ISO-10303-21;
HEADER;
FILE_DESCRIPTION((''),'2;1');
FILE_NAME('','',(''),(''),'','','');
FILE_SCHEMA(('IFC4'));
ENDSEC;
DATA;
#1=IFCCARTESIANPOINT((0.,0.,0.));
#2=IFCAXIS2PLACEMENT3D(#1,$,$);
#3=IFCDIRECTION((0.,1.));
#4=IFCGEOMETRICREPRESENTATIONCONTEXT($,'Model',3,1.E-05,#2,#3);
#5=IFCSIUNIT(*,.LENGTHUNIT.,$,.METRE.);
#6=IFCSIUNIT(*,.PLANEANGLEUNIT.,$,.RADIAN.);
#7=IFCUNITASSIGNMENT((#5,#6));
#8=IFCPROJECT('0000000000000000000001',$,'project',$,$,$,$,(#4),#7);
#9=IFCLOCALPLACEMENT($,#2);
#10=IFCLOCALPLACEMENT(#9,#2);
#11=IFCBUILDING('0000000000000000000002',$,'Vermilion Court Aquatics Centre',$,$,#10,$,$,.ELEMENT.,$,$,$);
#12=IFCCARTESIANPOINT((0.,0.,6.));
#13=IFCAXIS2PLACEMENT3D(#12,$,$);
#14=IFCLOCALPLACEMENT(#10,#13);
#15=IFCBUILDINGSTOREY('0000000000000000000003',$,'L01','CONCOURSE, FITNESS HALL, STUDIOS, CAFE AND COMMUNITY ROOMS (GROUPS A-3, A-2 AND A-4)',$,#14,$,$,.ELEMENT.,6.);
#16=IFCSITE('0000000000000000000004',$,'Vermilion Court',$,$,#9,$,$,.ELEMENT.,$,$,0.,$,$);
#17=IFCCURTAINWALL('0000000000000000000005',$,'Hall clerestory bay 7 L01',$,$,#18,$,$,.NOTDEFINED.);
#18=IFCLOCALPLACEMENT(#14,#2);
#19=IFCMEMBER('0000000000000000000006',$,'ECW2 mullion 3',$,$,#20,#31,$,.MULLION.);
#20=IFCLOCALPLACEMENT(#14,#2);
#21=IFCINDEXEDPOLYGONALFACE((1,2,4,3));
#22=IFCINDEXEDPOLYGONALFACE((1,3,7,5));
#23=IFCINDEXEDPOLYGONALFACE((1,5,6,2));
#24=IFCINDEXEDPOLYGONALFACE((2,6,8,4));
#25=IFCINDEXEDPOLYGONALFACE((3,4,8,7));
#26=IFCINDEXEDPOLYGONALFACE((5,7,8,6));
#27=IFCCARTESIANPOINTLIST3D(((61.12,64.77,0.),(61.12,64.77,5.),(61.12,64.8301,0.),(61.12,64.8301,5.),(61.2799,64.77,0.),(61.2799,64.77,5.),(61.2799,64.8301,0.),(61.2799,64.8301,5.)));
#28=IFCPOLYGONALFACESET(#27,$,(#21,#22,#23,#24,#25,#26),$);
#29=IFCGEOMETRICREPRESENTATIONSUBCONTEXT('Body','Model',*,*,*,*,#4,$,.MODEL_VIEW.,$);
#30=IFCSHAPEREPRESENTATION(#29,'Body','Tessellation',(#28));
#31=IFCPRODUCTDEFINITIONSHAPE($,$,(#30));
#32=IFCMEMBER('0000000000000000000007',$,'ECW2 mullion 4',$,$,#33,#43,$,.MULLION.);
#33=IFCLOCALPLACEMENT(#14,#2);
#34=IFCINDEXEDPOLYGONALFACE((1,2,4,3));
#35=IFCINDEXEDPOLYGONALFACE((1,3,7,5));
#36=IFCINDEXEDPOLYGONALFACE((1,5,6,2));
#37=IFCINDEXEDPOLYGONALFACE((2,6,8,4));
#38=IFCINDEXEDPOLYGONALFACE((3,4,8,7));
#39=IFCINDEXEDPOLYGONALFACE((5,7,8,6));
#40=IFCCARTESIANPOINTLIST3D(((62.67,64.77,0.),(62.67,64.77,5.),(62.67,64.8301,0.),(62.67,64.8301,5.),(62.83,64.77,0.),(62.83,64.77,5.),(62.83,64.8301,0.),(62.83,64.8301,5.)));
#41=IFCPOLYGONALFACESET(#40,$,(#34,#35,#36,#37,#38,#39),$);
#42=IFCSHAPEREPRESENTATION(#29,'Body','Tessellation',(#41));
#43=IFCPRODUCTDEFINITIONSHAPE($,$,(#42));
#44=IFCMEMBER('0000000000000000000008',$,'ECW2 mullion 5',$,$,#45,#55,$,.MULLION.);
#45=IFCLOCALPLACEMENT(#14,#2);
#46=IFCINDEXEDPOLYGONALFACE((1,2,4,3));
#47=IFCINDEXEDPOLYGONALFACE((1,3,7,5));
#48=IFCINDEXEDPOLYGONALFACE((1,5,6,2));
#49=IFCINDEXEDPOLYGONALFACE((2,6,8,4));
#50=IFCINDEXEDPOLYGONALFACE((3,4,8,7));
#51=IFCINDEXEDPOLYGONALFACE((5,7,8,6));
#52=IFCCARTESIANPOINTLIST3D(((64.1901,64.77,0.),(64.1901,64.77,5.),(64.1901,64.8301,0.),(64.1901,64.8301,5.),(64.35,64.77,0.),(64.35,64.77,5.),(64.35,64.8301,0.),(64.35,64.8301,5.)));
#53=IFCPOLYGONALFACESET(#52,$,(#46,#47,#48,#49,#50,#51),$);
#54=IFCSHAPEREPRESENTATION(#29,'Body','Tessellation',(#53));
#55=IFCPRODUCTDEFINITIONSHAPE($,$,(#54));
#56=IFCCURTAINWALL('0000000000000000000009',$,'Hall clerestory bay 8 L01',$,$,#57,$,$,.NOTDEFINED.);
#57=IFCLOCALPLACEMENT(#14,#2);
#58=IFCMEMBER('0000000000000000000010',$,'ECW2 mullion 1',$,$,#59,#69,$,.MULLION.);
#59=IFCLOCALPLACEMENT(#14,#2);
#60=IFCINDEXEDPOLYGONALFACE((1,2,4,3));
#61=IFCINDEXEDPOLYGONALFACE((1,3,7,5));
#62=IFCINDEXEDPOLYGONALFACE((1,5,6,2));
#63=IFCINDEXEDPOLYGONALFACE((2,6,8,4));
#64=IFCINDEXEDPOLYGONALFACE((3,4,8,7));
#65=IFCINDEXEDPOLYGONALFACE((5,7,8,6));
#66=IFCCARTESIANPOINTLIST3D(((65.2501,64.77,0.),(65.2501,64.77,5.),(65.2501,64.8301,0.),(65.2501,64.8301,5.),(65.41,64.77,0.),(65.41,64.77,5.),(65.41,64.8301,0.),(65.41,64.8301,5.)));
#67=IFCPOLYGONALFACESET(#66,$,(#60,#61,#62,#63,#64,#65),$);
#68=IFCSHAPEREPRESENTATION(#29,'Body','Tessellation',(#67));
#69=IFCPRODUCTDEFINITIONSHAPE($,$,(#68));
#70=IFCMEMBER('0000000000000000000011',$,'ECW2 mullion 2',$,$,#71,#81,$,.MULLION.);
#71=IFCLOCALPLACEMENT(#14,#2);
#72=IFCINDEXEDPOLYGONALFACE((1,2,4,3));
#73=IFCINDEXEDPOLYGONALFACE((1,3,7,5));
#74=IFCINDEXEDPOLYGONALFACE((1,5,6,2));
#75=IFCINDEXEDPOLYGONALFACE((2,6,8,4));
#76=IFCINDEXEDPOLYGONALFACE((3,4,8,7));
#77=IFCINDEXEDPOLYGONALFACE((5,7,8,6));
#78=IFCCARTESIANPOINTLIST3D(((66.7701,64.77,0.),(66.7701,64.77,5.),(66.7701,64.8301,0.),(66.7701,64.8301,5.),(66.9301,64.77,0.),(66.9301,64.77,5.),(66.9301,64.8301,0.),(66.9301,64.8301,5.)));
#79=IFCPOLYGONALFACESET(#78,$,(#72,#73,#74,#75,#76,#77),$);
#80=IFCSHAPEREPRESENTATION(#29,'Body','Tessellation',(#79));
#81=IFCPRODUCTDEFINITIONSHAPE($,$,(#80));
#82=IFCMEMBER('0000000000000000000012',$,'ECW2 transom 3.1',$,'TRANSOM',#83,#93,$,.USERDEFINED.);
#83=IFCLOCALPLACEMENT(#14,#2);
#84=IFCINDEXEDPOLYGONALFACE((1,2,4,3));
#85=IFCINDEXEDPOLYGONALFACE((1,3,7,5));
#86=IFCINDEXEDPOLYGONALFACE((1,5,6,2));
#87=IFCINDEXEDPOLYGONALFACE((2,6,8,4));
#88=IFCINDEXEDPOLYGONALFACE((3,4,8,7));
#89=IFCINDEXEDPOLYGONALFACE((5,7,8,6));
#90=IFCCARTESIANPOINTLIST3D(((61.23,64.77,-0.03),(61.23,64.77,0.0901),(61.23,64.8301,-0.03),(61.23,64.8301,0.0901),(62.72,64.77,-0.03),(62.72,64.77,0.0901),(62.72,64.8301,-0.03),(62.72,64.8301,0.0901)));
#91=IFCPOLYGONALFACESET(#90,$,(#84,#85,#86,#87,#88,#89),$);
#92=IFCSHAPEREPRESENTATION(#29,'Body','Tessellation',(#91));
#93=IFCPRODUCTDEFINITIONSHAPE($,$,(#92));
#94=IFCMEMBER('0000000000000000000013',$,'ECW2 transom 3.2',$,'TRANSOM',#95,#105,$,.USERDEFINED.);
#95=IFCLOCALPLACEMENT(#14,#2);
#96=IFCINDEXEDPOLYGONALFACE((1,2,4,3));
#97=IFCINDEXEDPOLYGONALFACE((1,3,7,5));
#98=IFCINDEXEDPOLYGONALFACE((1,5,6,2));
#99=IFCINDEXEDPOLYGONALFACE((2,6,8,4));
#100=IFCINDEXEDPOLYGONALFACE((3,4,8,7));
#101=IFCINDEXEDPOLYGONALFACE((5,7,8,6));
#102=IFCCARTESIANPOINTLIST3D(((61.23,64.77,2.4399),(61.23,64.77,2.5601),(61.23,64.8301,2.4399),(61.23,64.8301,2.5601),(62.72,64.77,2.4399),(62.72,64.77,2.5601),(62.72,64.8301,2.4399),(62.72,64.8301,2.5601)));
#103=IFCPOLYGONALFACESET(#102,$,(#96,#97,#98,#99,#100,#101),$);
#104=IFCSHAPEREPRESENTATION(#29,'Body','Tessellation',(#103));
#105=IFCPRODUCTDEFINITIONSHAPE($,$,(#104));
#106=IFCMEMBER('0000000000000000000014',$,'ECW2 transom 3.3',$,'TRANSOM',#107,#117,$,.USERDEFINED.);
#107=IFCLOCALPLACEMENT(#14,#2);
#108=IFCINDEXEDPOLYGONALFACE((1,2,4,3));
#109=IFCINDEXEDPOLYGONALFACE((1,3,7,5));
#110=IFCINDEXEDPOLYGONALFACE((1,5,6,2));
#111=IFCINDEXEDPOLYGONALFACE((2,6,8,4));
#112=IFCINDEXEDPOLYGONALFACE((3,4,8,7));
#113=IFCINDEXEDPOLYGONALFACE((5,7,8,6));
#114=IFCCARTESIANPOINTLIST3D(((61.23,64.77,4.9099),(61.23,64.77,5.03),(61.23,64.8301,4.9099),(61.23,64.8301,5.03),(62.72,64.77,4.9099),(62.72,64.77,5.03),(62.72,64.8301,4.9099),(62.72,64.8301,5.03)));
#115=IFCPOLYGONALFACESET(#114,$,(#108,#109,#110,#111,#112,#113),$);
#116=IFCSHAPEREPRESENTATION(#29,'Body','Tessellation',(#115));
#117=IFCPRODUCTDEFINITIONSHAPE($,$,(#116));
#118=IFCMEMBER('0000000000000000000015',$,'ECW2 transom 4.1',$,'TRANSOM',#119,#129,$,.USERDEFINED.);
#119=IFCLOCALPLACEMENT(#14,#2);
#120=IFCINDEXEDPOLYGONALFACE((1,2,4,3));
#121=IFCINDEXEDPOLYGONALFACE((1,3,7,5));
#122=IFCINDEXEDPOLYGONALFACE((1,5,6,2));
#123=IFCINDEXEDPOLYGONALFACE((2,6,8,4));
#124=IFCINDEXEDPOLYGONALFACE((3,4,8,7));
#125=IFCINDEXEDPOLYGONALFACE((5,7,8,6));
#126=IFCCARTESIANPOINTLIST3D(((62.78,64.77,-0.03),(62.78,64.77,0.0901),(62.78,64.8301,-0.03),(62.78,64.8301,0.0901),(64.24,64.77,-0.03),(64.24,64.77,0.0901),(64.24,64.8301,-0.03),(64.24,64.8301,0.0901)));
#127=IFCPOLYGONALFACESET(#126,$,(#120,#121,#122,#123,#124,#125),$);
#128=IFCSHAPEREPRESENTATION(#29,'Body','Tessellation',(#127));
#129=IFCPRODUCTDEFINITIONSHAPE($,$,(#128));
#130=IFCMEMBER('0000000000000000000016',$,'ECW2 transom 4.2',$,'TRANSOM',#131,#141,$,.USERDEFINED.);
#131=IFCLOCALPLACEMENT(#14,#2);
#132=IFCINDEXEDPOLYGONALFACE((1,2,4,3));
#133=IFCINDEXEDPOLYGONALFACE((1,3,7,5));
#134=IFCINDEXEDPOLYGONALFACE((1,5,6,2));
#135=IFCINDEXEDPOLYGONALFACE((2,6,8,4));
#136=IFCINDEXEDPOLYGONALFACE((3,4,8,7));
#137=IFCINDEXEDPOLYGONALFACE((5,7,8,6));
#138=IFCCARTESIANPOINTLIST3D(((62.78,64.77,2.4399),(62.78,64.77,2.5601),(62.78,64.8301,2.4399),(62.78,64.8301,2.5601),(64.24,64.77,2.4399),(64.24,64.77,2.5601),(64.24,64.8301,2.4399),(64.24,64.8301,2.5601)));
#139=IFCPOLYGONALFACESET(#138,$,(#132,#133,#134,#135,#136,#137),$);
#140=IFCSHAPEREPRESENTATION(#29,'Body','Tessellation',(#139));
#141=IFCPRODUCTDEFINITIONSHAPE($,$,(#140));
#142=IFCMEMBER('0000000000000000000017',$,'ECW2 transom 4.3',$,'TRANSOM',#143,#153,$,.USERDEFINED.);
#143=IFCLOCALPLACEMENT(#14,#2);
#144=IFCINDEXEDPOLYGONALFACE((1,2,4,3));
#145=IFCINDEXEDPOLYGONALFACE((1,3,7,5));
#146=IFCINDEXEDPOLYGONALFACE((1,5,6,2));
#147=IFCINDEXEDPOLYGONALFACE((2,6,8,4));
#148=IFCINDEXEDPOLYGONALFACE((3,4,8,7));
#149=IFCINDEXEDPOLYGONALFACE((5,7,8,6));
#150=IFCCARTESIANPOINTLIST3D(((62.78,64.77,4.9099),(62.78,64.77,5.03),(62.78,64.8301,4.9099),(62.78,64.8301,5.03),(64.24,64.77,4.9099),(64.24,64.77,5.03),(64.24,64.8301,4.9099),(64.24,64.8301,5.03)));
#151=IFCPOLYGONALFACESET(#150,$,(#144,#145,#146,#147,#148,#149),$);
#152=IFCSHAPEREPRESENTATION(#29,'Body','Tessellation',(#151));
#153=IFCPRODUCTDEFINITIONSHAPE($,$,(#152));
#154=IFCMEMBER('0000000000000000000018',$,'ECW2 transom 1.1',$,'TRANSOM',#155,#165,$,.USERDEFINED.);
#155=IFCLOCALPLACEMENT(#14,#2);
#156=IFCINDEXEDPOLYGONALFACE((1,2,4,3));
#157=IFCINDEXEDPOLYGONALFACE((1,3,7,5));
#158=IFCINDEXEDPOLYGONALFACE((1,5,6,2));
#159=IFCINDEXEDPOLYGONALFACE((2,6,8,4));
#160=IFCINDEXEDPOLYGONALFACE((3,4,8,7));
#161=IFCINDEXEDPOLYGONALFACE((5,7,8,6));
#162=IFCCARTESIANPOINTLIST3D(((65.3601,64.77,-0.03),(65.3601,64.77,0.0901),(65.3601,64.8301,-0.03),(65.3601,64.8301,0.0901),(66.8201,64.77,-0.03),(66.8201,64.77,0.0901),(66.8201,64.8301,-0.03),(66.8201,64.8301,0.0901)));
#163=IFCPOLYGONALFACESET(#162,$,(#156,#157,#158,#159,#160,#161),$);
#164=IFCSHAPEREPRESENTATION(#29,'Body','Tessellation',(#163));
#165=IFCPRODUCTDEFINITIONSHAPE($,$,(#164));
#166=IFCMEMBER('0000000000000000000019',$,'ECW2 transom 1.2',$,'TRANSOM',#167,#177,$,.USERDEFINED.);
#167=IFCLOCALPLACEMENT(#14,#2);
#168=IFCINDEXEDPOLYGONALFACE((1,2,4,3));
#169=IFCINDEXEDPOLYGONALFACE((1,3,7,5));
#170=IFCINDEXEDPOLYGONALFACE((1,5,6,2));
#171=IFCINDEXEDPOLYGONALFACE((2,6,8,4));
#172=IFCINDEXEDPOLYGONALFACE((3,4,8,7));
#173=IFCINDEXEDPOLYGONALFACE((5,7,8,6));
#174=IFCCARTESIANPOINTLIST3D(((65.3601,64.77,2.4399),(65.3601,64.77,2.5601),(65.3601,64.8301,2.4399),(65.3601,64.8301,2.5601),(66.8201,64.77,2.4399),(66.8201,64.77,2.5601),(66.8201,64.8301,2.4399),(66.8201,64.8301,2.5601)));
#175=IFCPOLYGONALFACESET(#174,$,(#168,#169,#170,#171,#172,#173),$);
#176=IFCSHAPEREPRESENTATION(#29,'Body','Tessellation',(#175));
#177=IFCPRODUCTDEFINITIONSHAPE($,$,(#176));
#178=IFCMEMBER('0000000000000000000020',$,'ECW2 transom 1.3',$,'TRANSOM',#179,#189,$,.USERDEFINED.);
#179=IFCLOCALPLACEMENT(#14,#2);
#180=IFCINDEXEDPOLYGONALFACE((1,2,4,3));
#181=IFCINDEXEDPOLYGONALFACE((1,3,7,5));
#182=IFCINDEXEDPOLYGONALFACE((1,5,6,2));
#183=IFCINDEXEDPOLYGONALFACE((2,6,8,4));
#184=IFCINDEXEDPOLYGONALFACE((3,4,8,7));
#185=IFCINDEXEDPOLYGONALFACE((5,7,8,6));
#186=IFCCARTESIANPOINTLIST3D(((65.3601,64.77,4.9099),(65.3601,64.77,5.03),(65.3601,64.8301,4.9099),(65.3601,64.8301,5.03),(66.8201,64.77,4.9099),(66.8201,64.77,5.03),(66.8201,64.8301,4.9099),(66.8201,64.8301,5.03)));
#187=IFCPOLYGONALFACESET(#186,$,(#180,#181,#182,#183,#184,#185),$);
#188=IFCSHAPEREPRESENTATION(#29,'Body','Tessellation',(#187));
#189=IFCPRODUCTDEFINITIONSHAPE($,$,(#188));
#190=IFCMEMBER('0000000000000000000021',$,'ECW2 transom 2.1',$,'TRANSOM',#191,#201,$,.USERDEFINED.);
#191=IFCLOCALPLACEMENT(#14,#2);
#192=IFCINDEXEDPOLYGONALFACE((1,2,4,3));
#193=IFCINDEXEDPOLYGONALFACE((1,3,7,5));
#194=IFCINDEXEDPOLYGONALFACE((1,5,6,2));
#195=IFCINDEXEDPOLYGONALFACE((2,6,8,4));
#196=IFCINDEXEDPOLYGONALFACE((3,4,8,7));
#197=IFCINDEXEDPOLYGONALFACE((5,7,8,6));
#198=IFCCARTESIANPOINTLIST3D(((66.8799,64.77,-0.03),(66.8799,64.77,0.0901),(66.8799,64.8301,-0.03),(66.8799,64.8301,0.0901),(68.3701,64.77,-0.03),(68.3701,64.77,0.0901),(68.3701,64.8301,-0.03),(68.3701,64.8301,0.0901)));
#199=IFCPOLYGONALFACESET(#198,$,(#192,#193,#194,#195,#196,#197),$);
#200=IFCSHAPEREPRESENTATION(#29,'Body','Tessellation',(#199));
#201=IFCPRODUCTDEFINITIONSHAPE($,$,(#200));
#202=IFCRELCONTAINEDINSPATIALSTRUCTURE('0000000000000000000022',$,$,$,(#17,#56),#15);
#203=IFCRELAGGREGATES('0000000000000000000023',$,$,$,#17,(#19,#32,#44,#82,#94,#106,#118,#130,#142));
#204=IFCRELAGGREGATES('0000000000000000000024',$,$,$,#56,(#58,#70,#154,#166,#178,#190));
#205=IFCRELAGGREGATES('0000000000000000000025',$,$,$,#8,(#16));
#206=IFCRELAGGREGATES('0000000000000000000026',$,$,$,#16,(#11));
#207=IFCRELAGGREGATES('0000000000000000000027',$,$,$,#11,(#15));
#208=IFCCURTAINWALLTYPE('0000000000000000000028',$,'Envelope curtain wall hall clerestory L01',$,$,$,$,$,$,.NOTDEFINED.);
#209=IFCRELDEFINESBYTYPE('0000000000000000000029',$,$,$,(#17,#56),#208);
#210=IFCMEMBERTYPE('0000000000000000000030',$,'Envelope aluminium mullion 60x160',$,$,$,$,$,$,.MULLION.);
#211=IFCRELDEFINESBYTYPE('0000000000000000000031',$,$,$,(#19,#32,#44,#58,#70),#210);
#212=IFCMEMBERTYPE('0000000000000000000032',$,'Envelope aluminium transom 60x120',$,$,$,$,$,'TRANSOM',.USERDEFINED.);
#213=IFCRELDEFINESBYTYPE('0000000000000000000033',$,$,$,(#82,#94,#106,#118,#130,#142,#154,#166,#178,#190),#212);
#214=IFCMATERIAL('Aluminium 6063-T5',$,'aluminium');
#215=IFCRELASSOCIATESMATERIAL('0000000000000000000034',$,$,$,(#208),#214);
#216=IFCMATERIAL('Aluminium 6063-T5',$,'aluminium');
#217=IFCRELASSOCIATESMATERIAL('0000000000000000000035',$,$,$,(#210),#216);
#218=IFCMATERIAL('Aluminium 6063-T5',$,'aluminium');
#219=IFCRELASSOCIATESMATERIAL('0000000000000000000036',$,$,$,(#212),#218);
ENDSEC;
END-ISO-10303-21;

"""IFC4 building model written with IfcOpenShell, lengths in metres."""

from ifc_helpers import new_model, si_unit, direction, frame, origin, origin_2d, place, context, subcontext, project, spatial, rectangle, extrude, material, material_profile, profile_set, type_object, element, aggregate, save


model = new_model("IFC4")

# Units and contexts
model_context = context("Model", 3, precision=1e-05, world=origin(), true_north=direction((0.0, 1.0)))
body_context = subcontext(model_context, "Body", "Model", "MODEL_VIEW")
ifc_project = project(units=[si_unit("LENGTHUNIT", "METRE"), si_unit("PLANEANGLEUNIT", "RADIAN")], contexts=[model_context])

# Site, building, storey
site_placement = place(None, origin())
site = spatial("IfcSite", under=ifc_project, at=site_placement, Name="Vermilion Court", CompositionType="ELEMENT", RefElevation=0.0)
building_placement = place(site_placement, origin())
building = spatial("IfcBuilding", under=site, at=building_placement, Name="Vermilion Court Aquatics Centre", CompositionType="ELEMENT")
storey_placement = place(building_placement, frame((0.0, 0.0, 6.0)))
storey = spatial("IfcBuildingStorey", under=building, at=storey_placement, Name="L01", Description="CONCOURSE, FITNESS HALL, STUDIOS, CAFE AND COMMUNITY ROOMS (GROUPS A-3, A-2 AND A-4)", CompositionType="ELEMENT", Elevation=6.0)

# Curtain walls, members
ifc_material_1 = material(Name="Aluminium 6063-T5", Category="aluminium")
curtain_wall_type = type_object("IfcCurtainWallType", Name="Envelope curtain wall hall clerestory L01", PredefinedType="NOTDEFINED", material=ifc_material_1)
curtain_wall_1_placement = place(storey_placement, origin())
curtain_wall_1 = element("IfcCurtainWall", 1, at=curtain_wall_1_placement, inside=storey, type_object=curtain_wall_type, Name="Hall clerestory bay 7 L01", PredefinedType="NOTDEFINED")
ifc_material_2 = material(Name="Aluminium 6063-T5", Category="aluminium")
ifc_material_profile_1 = material_profile(ifc_material_2, rectangle(XDim=0.0601, YDim=0.1599, at=origin_2d()), Name="AL 60x160")
ifc_profile_set_1 = profile_set([ifc_material_profile_1], Name="Aluminium 6063-T5")
member_type_1 = type_object("IfcMemberType", Name="Envelope aluminium mullion 60x160", PredefinedType="MULLION", material=ifc_profile_set_1)
member_1_placement = place(storey_placement, frame((61.2, 64.8, 0.0), z_axis=(0.0, 0.0, 1.0), x_axis=(0.0, 1.0, 0.0)))
member_1 = element("IfcMember", 2, at=member_1_placement, type_object=member_type_1, Name="ECW2 mullion 3", PredefinedType="MULLION", context=body_context, shape_type="SweptSolid", body=[
    extrude(rectangle(XDim=0.0601, YDim=0.1599, at=origin_2d()), origin(), (0.0, 0.0, 1.0), 5.0),
])
member_2_placement = place(storey_placement, frame((62.75, 64.8, 0.0), z_axis=(0.0, 0.0, 1.0), x_axis=(0.0, 1.0, 0.0)))
member_2 = element("IfcMember", 3, at=member_2_placement, type_object=member_type_1, Name="ECW2 mullion 4", PredefinedType="MULLION", context=body_context, shape_type="SweptSolid", body=[
    extrude(rectangle(XDim=0.0601, YDim=0.1599, at=origin_2d()), origin(), (0.0, 0.0, 1.0), 5.0),
])
member_3_placement = place(storey_placement, frame((64.27, 64.8, 0.0), z_axis=(0.0, 0.0, 1.0), x_axis=(0.0, 1.0, 0.0)))
member_3 = element("IfcMember", 4, at=member_3_placement, type_object=member_type_1, Name="ECW2 mullion 5", PredefinedType="MULLION", context=body_context, shape_type="SweptSolid", body=[
    extrude(rectangle(XDim=0.0601, YDim=0.1599, at=origin_2d()), origin(), (0.0, 0.0, 1.0), 5.0),
])
curtain_wall_2_placement = place(storey_placement, origin())
curtain_wall_2 = element("IfcCurtainWall", 5, at=curtain_wall_2_placement, inside=storey, type_object=curtain_wall_type, Name="Hall clerestory bay 8 L01", PredefinedType="NOTDEFINED")
member_4_placement = place(storey_placement, frame((65.3301, 64.8, 0.0), z_axis=(0.0, 0.0, 1.0), x_axis=(0.0, 1.0, 0.0)))
member_4 = element("IfcMember", 6, at=member_4_placement, type_object=member_type_1, Name="ECW2 mullion 1", PredefinedType="MULLION", context=body_context, shape_type="SweptSolid", body=[
    extrude(rectangle(XDim=0.0601, YDim=0.1599, at=origin_2d()), origin(), (0.0, 0.0, 1.0), 5.0),
])
member_5_placement = place(storey_placement, frame((66.8501, 64.8, 0.0), z_axis=(0.0, 0.0, 1.0), x_axis=(0.0, 1.0, 0.0)))
member_5 = element("IfcMember", 7, at=member_5_placement, type_object=member_type_1, Name="ECW2 mullion 2", PredefinedType="MULLION", context=body_context, shape_type="SweptSolid", body=[
    extrude(rectangle(XDim=0.0601, YDim=0.1599, at=origin_2d()), origin(), (0.0, 0.0, 1.0), 5.0),
])

# Members
ifc_material_3 = material(Name="Aluminium 6063-T5", Category="aluminium")
ifc_material_profile_2 = material_profile(ifc_material_3, rectangle(XDim=0.0601, YDim=0.1201, at=origin_2d()), Name="AL 60x120")
ifc_profile_set_2 = profile_set([ifc_material_profile_2], Name="Aluminium 6063-T5")
member_type_2 = type_object("IfcMemberType", Name="Envelope aluminium transom 60x120", ElementType="TRANSOM", PredefinedType="USERDEFINED", material=ifc_profile_set_2)
member_6_placement = place(storey_placement, frame((61.23, 64.8, 0.03), z_axis=(1.0, 0.0, 0.0), x_axis=(0.0, 1.0, 0.0)))
member_6 = element("IfcMember", 8, at=member_6_placement, type_object=member_type_2, Name="ECW2 transom 3.1", ObjectType="TRANSOM", PredefinedType="USERDEFINED", context=body_context, shape_type="SweptSolid", body=[
    extrude(rectangle(XDim=0.0601, YDim=0.1201, at=origin_2d()), origin(), (0.0, 0.0, 1.0), 1.49),
])
member_7_placement = place(storey_placement, frame((61.23, 64.8, 2.5), z_axis=(1.0, 0.0, 0.0), x_axis=(0.0, 1.0, 0.0)))
member_7 = element("IfcMember", 9, at=member_7_placement, type_object=member_type_2, Name="ECW2 transom 3.2", ObjectType="TRANSOM", PredefinedType="USERDEFINED", context=body_context, shape_type="SweptSolid", body=[
    extrude(rectangle(XDim=0.0601, YDim=0.1201, at=origin_2d()), origin(), (0.0, 0.0, 1.0), 1.49),
])
member_8_placement = place(storey_placement, frame((61.23, 64.8, 4.97), z_axis=(1.0, 0.0, 0.0), x_axis=(0.0, 1.0, 0.0)))
member_8 = element("IfcMember", 10, at=member_8_placement, type_object=member_type_2, Name="ECW2 transom 3.3", ObjectType="TRANSOM", PredefinedType="USERDEFINED", context=body_context, shape_type="SweptSolid", body=[
    extrude(rectangle(XDim=0.0601, YDim=0.1201, at=origin_2d()), origin(), (0.0, 0.0, 1.0), 1.49),
])
member_9_placement = place(storey_placement, frame((62.78, 64.8, 0.03), z_axis=(1.0, 0.0, 0.0), x_axis=(0.0, 1.0, 0.0)))
member_9 = element("IfcMember", 11, at=member_9_placement, type_object=member_type_2, Name="ECW2 transom 4.1", ObjectType="TRANSOM", PredefinedType="USERDEFINED", context=body_context, shape_type="SweptSolid", body=[
    extrude(rectangle(XDim=0.0601, YDim=0.1201, at=origin_2d()), origin(), (0.0, 0.0, 1.0), 1.46),
])
member_10_placement = place(storey_placement, frame((62.78, 64.8, 2.5), z_axis=(1.0, 0.0, 0.0), x_axis=(0.0, 1.0, 0.0)))
member_10 = element("IfcMember", 12, at=member_10_placement, type_object=member_type_2, Name="ECW2 transom 4.2", ObjectType="TRANSOM", PredefinedType="USERDEFINED", context=body_context, shape_type="SweptSolid", body=[
    extrude(rectangle(XDim=0.0601, YDim=0.1201, at=origin_2d()), origin(), (0.0, 0.0, 1.0), 1.46),
])
member_11_placement = place(storey_placement, frame((62.78, 64.8, 4.97), z_axis=(1.0, 0.0, 0.0), x_axis=(0.0, 1.0, 0.0)))
member_11 = element("IfcMember", 13, at=member_11_placement, type_object=member_type_2, Name="ECW2 transom 4.3", ObjectType="TRANSOM", PredefinedType="USERDEFINED", context=body_context, shape_type="SweptSolid", body=[
    extrude(rectangle(XDim=0.0601, YDim=0.1201, at=origin_2d()), origin(), (0.0, 0.0, 1.0), 1.46),
])
member_12_placement = place(storey_placement, frame((65.3601, 64.8, 0.03), z_axis=(1.0, 0.0, 0.0), x_axis=(0.0, 1.0, 0.0)))
member_12 = element("IfcMember", 14, at=member_12_placement, type_object=member_type_2, Name="ECW2 transom 1.1", ObjectType="TRANSOM", PredefinedType="USERDEFINED", context=body_context, shape_type="SweptSolid", body=[
    extrude(rectangle(XDim=0.0601, YDim=0.1201, at=origin_2d()), origin(), (0.0, 0.0, 1.0), 1.46),
])
member_13_placement = place(storey_placement, frame((65.3601, 64.8, 2.5), z_axis=(1.0, 0.0, 0.0), x_axis=(0.0, 1.0, 0.0)))
member_13 = element("IfcMember", 15, at=member_13_placement, type_object=member_type_2, Name="ECW2 transom 1.2", ObjectType="TRANSOM", PredefinedType="USERDEFINED", context=body_context, shape_type="SweptSolid", body=[
    extrude(rectangle(XDim=0.0601, YDim=0.1201, at=origin_2d()), origin(), (0.0, 0.0, 1.0), 1.46),
])
member_14_placement = place(storey_placement, frame((65.3601, 64.8, 4.97), z_axis=(1.0, 0.0, 0.0), x_axis=(0.0, 1.0, 0.0)))
member_14 = element("IfcMember", 16, at=member_14_placement, type_object=member_type_2, Name="ECW2 transom 1.3", ObjectType="TRANSOM", PredefinedType="USERDEFINED", context=body_context, shape_type="SweptSolid", body=[
    extrude(rectangle(XDim=0.0601, YDim=0.1201, at=origin_2d()), origin(), (0.0, 0.0, 1.0), 1.46),
])
member_15_placement = place(storey_placement, frame((66.8799, 64.8, 0.03), z_axis=(1.0, 0.0, 0.0), x_axis=(0.0, 1.0, 0.0)))
member_15 = element("IfcMember", 17, at=member_15_placement, type_object=member_type_2, Name="ECW2 transom 2.1", ObjectType="TRANSOM", PredefinedType="USERDEFINED", context=body_context, shape_type="SweptSolid", body=[
    extrude(rectangle(XDim=0.0601, YDim=0.1201, at=origin_2d()), origin(), (0.0, 0.0, 1.0), 1.4902),
])

aggregate(curtain_wall_1, [member_1, member_2, member_3, member_6, member_7, member_8, member_9, member_10, member_11])
aggregate(curtain_wall_2, [member_4, member_5, member_12, member_13, member_14, member_15])

save(model, "model.ifc")
